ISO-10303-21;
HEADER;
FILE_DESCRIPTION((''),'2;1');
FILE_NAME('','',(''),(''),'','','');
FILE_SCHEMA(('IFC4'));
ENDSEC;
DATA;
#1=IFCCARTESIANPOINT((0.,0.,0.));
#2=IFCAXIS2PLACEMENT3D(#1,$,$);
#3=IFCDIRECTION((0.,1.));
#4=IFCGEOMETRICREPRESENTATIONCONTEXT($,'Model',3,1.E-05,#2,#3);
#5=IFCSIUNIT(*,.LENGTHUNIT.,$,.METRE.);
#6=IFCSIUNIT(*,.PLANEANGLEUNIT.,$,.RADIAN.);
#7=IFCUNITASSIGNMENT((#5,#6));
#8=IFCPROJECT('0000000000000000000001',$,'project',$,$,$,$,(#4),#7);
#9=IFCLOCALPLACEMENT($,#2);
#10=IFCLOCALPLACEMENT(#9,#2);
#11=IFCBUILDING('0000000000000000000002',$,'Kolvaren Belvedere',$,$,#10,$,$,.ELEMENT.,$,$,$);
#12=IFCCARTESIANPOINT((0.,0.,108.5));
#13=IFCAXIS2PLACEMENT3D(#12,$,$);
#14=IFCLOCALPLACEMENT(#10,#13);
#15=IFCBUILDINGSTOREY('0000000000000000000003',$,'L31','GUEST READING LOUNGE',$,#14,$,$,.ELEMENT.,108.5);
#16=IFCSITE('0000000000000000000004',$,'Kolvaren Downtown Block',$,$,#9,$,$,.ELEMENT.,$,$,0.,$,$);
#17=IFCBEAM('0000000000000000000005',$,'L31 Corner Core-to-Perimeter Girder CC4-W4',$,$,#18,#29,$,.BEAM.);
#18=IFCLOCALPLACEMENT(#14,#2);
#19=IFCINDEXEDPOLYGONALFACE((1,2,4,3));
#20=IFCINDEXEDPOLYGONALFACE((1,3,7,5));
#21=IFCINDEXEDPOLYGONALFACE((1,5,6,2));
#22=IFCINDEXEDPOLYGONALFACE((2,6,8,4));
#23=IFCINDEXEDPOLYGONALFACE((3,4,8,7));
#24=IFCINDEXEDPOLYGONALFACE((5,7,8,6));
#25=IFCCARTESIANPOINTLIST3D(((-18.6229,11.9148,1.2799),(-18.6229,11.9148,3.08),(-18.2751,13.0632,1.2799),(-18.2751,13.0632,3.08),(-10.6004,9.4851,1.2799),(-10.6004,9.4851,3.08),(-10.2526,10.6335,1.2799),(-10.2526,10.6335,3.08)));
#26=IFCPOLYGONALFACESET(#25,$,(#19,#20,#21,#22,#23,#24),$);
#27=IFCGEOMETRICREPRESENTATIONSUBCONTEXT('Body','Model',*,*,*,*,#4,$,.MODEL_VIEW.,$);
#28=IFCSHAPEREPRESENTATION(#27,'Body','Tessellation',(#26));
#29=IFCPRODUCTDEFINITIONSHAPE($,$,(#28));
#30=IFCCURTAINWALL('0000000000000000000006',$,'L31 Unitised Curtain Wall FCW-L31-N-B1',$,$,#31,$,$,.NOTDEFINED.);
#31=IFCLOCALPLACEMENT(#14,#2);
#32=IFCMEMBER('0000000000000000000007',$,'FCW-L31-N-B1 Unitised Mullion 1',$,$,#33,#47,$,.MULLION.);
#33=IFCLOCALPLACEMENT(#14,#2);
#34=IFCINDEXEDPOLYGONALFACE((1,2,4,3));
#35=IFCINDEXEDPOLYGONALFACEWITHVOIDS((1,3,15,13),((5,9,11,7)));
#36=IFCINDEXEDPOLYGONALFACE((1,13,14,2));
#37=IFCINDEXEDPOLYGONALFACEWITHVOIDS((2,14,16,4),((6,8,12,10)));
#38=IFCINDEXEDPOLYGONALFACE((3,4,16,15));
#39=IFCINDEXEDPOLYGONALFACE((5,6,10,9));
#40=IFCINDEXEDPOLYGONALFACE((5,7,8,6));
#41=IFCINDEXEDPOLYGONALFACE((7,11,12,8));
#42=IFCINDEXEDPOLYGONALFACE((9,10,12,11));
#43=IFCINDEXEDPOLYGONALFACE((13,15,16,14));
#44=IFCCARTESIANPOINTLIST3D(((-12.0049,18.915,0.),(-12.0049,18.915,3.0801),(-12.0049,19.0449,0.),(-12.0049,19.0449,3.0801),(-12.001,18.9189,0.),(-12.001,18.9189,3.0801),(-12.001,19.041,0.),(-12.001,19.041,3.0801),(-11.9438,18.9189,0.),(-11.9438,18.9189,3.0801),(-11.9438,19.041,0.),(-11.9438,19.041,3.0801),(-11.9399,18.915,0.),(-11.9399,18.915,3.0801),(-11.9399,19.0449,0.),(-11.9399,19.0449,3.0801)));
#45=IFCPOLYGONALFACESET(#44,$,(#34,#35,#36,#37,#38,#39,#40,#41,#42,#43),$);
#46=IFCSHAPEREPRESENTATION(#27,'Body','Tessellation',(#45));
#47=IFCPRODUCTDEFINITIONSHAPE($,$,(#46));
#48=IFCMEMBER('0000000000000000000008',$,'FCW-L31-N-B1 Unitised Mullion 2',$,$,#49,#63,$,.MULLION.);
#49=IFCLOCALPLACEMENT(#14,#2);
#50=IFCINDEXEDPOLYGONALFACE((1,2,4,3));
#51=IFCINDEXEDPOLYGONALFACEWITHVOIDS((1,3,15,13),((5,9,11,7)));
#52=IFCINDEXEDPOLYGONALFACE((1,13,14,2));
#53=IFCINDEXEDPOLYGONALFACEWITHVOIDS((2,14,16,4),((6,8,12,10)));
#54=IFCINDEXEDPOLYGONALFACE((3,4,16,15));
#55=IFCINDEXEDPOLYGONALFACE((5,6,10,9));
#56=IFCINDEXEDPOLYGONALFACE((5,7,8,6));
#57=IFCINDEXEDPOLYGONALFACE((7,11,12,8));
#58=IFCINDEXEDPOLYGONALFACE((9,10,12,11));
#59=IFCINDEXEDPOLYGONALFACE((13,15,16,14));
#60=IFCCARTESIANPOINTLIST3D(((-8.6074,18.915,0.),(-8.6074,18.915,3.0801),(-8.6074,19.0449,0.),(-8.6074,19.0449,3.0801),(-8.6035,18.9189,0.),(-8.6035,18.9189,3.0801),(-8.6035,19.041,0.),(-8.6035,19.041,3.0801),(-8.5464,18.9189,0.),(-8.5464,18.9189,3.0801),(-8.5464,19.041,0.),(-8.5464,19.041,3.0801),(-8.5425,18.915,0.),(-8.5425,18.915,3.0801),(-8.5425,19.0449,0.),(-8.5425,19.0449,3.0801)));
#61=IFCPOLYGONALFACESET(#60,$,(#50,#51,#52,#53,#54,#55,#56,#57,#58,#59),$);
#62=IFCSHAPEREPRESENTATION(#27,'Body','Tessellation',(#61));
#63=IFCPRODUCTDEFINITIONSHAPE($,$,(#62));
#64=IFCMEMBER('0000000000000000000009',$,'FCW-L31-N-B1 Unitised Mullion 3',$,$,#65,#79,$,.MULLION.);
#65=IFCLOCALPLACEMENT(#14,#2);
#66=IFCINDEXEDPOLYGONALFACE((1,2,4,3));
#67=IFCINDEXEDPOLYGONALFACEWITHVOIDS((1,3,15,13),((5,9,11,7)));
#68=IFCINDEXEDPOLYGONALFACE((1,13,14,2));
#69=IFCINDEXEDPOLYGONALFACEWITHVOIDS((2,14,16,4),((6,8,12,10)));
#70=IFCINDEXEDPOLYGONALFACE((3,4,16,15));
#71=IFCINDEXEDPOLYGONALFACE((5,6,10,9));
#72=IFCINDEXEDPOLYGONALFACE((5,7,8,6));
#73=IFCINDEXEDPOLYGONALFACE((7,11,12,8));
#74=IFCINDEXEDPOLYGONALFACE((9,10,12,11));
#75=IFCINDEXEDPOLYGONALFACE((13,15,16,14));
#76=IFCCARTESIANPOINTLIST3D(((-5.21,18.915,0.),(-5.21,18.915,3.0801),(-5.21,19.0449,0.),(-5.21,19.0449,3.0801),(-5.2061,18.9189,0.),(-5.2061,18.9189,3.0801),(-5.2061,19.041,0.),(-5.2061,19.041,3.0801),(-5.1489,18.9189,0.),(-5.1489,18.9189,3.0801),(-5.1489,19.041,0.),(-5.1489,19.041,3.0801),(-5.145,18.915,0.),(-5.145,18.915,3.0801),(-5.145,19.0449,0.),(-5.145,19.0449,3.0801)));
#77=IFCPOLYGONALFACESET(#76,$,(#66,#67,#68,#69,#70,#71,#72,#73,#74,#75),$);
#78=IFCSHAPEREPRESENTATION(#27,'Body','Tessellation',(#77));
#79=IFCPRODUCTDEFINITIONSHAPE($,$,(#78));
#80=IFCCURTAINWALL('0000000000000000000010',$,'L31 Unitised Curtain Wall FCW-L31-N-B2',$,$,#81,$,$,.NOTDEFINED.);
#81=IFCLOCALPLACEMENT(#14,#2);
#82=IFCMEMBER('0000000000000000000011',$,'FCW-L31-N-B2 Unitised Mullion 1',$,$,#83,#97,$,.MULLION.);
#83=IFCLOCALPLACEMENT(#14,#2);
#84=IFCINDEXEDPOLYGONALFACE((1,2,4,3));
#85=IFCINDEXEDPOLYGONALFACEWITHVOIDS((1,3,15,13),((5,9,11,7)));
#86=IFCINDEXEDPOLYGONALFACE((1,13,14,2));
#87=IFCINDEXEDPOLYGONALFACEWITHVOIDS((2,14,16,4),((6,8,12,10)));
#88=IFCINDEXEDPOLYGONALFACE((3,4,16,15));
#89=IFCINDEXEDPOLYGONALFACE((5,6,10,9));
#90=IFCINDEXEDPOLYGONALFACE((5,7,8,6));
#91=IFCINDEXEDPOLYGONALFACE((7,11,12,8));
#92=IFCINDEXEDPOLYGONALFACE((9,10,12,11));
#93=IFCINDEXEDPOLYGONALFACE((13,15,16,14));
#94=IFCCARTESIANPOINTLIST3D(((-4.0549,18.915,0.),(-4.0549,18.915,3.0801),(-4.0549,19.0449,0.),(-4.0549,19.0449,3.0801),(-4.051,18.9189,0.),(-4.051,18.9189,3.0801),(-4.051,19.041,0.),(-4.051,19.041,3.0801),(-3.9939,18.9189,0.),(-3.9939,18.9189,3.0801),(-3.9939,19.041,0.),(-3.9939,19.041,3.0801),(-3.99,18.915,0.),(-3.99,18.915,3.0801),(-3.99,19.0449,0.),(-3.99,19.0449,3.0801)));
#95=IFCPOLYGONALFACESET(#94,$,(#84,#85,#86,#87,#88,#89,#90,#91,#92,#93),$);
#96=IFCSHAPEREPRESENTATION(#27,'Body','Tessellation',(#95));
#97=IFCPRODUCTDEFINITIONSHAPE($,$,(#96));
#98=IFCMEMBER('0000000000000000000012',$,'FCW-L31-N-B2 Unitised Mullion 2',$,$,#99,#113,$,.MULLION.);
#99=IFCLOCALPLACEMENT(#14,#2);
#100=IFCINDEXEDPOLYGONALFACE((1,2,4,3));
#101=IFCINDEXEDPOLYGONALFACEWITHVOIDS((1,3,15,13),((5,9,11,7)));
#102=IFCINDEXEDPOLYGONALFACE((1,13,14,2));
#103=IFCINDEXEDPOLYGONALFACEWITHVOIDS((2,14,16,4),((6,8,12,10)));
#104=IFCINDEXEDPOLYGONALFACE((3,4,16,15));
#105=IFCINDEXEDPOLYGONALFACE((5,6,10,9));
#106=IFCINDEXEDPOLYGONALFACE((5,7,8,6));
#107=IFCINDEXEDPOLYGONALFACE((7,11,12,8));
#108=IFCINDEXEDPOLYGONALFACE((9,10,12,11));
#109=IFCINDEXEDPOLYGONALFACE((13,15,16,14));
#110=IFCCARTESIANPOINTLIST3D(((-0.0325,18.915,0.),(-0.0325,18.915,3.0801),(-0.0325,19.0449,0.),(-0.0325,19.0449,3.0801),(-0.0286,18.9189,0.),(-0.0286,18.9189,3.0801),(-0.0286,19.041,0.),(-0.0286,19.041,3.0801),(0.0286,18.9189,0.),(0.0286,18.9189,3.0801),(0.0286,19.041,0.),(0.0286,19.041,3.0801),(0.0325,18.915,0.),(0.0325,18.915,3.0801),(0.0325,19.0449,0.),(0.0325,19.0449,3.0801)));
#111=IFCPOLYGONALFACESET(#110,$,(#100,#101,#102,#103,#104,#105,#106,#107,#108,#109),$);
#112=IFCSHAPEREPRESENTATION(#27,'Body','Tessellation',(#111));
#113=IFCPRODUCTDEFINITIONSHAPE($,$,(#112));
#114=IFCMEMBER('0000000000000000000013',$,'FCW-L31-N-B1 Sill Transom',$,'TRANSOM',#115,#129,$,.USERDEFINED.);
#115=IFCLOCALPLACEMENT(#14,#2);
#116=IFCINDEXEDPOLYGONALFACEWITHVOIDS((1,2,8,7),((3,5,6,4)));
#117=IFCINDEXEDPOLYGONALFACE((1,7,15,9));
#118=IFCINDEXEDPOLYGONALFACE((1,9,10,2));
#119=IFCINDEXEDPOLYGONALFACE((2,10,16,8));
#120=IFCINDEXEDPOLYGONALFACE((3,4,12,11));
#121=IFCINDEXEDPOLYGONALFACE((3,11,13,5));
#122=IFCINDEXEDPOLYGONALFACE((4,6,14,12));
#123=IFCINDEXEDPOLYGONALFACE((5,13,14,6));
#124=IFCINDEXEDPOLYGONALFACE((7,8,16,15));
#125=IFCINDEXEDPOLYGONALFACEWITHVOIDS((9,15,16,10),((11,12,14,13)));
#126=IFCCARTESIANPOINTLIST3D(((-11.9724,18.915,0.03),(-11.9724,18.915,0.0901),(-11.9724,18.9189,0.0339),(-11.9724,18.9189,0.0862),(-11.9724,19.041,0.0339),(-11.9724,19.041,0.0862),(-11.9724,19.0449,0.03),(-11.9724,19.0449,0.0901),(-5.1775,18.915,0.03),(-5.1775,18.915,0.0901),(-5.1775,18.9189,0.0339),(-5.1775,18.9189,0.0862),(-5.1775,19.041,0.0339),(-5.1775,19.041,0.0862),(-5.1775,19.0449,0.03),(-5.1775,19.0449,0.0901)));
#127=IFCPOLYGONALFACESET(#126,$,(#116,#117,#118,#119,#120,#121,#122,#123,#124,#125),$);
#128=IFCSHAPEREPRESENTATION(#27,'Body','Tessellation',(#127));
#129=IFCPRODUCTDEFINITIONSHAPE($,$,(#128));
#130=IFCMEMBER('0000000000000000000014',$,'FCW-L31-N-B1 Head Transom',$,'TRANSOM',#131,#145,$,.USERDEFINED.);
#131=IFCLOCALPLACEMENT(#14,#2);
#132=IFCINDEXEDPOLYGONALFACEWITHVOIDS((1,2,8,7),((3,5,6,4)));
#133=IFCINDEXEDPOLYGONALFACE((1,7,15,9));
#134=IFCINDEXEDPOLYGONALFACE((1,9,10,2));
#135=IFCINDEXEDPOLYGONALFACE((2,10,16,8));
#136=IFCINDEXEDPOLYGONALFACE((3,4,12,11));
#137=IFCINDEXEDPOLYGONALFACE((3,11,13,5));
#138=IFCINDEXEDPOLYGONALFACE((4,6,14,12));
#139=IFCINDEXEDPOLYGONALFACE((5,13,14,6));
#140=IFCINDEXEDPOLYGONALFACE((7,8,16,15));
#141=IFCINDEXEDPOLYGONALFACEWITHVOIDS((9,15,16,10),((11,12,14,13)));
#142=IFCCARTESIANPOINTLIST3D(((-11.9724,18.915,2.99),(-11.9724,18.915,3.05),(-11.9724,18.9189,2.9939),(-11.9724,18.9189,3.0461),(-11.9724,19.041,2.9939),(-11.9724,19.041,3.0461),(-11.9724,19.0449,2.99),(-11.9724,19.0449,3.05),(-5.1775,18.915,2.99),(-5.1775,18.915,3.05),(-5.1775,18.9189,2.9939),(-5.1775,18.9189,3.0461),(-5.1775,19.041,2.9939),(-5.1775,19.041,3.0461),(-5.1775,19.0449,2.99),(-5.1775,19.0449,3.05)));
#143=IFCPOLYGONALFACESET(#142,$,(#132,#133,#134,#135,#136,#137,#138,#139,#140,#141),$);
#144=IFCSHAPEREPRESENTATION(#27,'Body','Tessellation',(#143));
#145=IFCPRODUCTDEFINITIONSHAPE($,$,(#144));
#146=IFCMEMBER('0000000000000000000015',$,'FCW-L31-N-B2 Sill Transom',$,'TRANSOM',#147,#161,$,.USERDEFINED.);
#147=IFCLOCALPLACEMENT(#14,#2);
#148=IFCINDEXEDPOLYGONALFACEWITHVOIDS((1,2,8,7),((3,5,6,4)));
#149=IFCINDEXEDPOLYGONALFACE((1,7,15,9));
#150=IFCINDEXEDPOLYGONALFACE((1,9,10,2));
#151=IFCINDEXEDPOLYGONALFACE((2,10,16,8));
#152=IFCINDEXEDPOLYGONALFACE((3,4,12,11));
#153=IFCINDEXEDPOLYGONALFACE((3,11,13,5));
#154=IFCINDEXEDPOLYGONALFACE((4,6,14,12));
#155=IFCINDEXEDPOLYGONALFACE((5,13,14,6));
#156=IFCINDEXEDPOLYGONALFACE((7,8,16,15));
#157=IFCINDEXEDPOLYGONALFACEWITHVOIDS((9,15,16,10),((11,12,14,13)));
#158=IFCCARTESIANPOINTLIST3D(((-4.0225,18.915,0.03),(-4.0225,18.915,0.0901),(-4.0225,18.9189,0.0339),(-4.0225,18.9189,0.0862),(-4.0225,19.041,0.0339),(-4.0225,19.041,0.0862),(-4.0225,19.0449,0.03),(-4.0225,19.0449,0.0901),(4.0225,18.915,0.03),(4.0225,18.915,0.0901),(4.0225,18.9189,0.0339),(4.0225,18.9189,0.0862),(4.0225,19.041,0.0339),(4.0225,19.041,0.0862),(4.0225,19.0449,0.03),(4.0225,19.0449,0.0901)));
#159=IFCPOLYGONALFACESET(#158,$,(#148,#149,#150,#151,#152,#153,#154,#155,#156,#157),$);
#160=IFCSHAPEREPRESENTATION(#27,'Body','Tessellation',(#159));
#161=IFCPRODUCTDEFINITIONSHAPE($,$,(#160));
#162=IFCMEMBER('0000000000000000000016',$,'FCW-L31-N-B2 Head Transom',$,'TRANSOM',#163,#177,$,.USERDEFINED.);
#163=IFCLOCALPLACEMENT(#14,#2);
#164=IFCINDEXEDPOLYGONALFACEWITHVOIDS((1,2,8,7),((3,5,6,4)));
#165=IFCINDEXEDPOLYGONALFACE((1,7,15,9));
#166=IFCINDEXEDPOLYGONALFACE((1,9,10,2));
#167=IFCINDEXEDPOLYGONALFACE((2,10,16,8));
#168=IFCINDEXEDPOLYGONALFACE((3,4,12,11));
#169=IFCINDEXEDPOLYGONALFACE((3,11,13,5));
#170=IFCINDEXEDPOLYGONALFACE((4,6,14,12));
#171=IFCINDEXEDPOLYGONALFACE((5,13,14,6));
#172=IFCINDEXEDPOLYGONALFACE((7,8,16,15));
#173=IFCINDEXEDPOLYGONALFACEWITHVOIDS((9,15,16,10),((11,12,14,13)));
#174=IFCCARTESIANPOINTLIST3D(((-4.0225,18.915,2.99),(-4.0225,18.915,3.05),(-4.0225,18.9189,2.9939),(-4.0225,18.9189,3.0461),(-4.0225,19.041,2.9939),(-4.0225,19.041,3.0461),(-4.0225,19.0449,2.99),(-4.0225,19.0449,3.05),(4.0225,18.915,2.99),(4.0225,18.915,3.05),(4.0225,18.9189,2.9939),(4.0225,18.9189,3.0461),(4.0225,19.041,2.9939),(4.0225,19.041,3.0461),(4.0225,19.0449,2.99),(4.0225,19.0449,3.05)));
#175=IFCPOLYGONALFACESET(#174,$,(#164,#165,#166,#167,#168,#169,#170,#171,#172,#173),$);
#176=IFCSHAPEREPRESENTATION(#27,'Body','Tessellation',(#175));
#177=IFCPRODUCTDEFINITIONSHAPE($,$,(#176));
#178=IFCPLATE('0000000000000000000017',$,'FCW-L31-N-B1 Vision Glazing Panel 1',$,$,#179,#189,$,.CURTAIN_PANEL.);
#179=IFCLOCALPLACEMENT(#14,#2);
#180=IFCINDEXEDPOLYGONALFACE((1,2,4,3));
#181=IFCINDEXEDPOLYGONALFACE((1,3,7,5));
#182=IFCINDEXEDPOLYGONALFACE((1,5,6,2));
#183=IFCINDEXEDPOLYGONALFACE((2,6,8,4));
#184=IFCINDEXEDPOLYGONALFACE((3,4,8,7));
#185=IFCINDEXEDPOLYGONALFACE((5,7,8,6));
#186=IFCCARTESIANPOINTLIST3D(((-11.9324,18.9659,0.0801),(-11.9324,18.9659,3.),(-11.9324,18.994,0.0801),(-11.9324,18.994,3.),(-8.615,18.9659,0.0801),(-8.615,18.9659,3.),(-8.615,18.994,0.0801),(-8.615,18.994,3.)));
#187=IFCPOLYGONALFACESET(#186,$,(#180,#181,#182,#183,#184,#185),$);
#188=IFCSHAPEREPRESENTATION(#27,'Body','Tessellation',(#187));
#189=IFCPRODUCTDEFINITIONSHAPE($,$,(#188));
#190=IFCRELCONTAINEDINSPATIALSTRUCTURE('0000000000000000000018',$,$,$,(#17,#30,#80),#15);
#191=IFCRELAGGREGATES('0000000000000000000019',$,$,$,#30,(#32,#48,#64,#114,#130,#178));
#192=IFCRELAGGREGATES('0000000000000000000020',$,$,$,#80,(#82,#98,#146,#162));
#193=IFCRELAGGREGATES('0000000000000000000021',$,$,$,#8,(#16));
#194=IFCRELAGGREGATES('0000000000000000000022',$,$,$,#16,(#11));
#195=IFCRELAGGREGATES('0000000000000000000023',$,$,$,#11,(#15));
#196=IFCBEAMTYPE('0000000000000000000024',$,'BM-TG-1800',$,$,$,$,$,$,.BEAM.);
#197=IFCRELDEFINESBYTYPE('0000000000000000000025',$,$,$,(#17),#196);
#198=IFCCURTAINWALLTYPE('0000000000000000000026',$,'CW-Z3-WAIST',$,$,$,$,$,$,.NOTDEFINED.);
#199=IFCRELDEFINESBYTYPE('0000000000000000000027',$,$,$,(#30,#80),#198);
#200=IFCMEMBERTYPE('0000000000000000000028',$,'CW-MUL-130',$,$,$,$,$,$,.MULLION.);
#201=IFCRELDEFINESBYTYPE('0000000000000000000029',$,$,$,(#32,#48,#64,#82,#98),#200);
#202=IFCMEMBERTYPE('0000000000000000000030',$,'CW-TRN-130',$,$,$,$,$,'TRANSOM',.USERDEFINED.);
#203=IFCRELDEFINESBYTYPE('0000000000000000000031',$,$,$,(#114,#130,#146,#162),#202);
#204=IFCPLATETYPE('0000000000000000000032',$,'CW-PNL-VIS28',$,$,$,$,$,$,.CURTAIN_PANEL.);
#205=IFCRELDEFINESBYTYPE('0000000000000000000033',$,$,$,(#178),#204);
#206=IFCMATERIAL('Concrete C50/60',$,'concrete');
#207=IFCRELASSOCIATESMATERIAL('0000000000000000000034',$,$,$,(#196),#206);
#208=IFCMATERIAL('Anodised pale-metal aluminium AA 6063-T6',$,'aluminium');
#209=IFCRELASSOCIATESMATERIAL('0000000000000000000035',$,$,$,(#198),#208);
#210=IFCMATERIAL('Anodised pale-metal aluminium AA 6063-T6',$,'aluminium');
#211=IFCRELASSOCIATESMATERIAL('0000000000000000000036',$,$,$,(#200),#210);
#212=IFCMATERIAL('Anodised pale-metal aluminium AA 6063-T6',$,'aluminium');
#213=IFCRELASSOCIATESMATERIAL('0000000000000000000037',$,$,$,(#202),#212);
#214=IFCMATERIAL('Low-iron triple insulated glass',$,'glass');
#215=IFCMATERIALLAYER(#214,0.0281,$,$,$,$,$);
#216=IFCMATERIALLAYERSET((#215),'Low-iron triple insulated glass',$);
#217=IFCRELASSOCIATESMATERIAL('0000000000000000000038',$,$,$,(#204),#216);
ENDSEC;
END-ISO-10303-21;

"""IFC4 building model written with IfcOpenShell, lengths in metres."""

from ifc_helpers import new_model, si_unit, direction, frame, origin, origin_2d, place, context, subcontext, project, spatial, rectangle, hollow_rectangle, extrude, material, layer, layer_set, material_profile, profile_set, type_object, element, aggregate, save


model = new_model("IFC4")

# Units and contexts
model_context = context("Model", 3, precision=1e-05, world=origin(), true_north=direction((0.0, 1.0)))
body_context = subcontext(model_context, "Body", "Model", "MODEL_VIEW")
ifc_project = project(units=[si_unit("LENGTHUNIT", "METRE"), si_unit("PLANEANGLEUNIT", "RADIAN")], contexts=[model_context])

# Site, building, storey
site_placement = place(None, origin())
site = spatial("IfcSite", under=ifc_project, at=site_placement, Name="Kolvaren Downtown Block", CompositionType="ELEMENT", RefElevation=0.0)
building_placement = place(site_placement, origin())
building = spatial("IfcBuilding", under=site, at=building_placement, Name="Kolvaren Belvedere", CompositionType="ELEMENT")
storey_placement = place(building_placement, frame((0.0, 0.0, 108.5)))
storey = spatial("IfcBuildingStorey", under=building, at=storey_placement, Name="L31", Description="GUEST READING LOUNGE", CompositionType="ELEMENT", Elevation=108.5)

# Beam
ifc_material_1 = material(Name="Concrete C50/60", Category="concrete")
ifc_material_profile_1 = material_profile(ifc_material_1, rectangle(XDim=1.2, YDim=1.8, at=origin_2d()), Name="RC 1200X1800")
ifc_profile_set_1 = profile_set([ifc_material_profile_1], Name="Concrete C50/60")
beam_type_1 = type_object("IfcBeamType", Name="BM-TG-1800", PredefinedType="BEAM", material=ifc_profile_set_1)
for number, where, z_axis, x_axis, name in (
    (1, (-10.4265, 10.0593, 2.1799), (-0.957069, 0.289859, 0.0), (-0.289859, -0.957069, 0.0), "L31 Corner Core-to-Perimeter Girder CC4-W4"),
):
    element("IfcBeam", number, at=place(storey_placement, frame(where, z_axis=z_axis, x_axis=x_axis)), inside=storey, type_object=beam_type_1, Name=name, PredefinedType="BEAM", context=body_context, shape_type="SweptSolid", body=[
        extrude(rectangle(XDim=1.2, YDim=1.8, at=origin_2d()), origin(), (0.0, 0.0, 1.0), 8.3823),
    ])

# Curtain walls, members
ifc_material_2 = material(Name="Anodised pale-metal aluminium AA 6063-T6", Category="aluminium")
curtain_wall_type = type_object("IfcCurtainWallType", Name="CW-Z3-WAIST", PredefinedType="NOTDEFINED", material=ifc_material_2)
curtain_wall_1_placement = place(storey_placement, origin())
curtain_wall_1 = element("IfcCurtainWall", 2, at=curtain_wall_1_placement, inside=storey, type_object=curtain_wall_type, Name="L31 Unitised Curtain Wall FCW-L31-N-B1", PredefinedType="NOTDEFINED")
ifc_material_3 = material(Name="Anodised pale-metal aluminium AA 6063-T6", Category="aluminium")
ifc_material_profile_2 = material_profile(ifc_material_3, hollow_rectangle(XDim=0.0649, YDim=0.1299, WallThickness=0.0039, at=origin_2d()), Name="ALU-MUL-130X65")
ifc_profile_set_2 = profile_set([ifc_material_profile_2], Name="Anodised pale-metal aluminium AA 6063-T6")
member_type_1 = type_object("IfcMemberType", Name="CW-MUL-130", PredefinedType="MULLION", material=ifc_profile_set_2)
member_1_placement = place(storey_placement, frame((-11.9724, 18.98, 0.0), z_axis=(0.0, 0.0, 1.0), x_axis=(1.0, 0.0, 0.0)))
member_1 = element("IfcMember", 3, at=member_1_placement, type_object=member_type_1, Name="FCW-L31-N-B1 Unitised Mullion 1", PredefinedType="MULLION", context=body_context, shape_type="SweptSolid", body=[
    extrude(hollow_rectangle(XDim=0.0649, YDim=0.1299, WallThickness=0.0039, at=origin_2d()), origin(), (0.0, 0.0, 1.0), 3.0801),
])
member_2_placement = place(storey_placement, frame((-8.575, 18.98, 0.0), z_axis=(0.0, 0.0, 1.0), x_axis=(1.0, 0.0, 0.0)))
member_2 = element("IfcMember", 4, at=member_2_placement, type_object=member_type_1, Name="FCW-L31-N-B1 Unitised Mullion 2", PredefinedType="MULLION", context=body_context, shape_type="SweptSolid", body=[
    extrude(hollow_rectangle(XDim=0.0649, YDim=0.1299, WallThickness=0.0039, at=origin_2d()), origin(), (0.0, 0.0, 1.0), 3.0801),
])
member_3_placement = place(storey_placement, frame((-5.1775, 18.98, 0.0), z_axis=(0.0, 0.0, 1.0), x_axis=(1.0, 0.0, 0.0)))
member_3 = element("IfcMember", 5, at=member_3_placement, type_object=member_type_1, Name="FCW-L31-N-B1 Unitised Mullion 3", PredefinedType="MULLION", context=body_context, shape_type="SweptSolid", body=[
    extrude(hollow_rectangle(XDim=0.0649, YDim=0.1299, WallThickness=0.0039, at=origin_2d()), origin(), (0.0, 0.0, 1.0), 3.0801),
])
curtain_wall_2_placement = place(storey_placement, origin())
curtain_wall_2 = element("IfcCurtainWall", 6, at=curtain_wall_2_placement, inside=storey, type_object=curtain_wall_type, Name="L31 Unitised Curtain Wall FCW-L31-N-B2", PredefinedType="NOTDEFINED")
member_4_placement = place(storey_placement, frame((-4.0225, 18.98, 0.0), z_axis=(0.0, 0.0, 1.0), x_axis=(1.0, 0.0, 0.0)))
member_4 = element("IfcMember", 7, at=member_4_placement, type_object=member_type_1, Name="FCW-L31-N-B2 Unitised Mullion 1", PredefinedType="MULLION", context=body_context, shape_type="SweptSolid", body=[
    extrude(hollow_rectangle(XDim=0.0649, YDim=0.1299, WallThickness=0.0039, at=origin_2d()), origin(), (0.0, 0.0, 1.0), 3.0801),
])
member_5_placement = place(storey_placement, frame((0.0, 18.98, 0.0), z_axis=(0.0, 0.0, 1.0), x_axis=(1.0, 0.0, 0.0)))
member_5 = element("IfcMember", 8, at=member_5_placement, type_object=member_type_1, Name="FCW-L31-N-B2 Unitised Mullion 2", PredefinedType="MULLION", context=body_context, shape_type="SweptSolid", body=[
    extrude(hollow_rectangle(XDim=0.0649, YDim=0.1299, WallThickness=0.0039, at=origin_2d()), origin(), (0.0, 0.0, 1.0), 3.0801),
])

# Members
ifc_material_4 = material(Name="Anodised pale-metal aluminium AA 6063-T6", Category="aluminium")
ifc_material_profile_3 = material_profile(ifc_material_4, hollow_rectangle(XDim=0.0601, YDim=0.1299, WallThickness=0.0039, at=origin_2d()), Name="ALU-TRN-130X60")
ifc_profile_set_3 = profile_set([ifc_material_profile_3], Name="Anodised pale-metal aluminium AA 6063-T6")
member_type_2 = type_object("IfcMemberType", Name="CW-TRN-130", ElementType="TRANSOM", PredefinedType="USERDEFINED", material=ifc_profile_set_3)
member_6_placement = place(storey_placement, frame((-11.9724, 18.98, 0.0601), z_axis=(1.0, 0.0, 0.0), x_axis=(0.0, 0.0, 1.0)))
member_6 = element("IfcMember", 9, at=member_6_placement, type_object=member_type_2, Name="FCW-L31-N-B1 Sill Transom", ObjectType="TRANSOM", PredefinedType="USERDEFINED", context=body_context, shape_type="SweptSolid", body=[
    extrude(hollow_rectangle(XDim=0.0601, YDim=0.1299, WallThickness=0.0039, at=origin_2d()), origin(), (0.0, 0.0, 1.0), 6.7949),
])
member_7_placement = place(storey_placement, frame((-11.9724, 18.98, 3.02), z_axis=(1.0, 0.0, 0.0), x_axis=(0.0, 0.0, 1.0)))
member_7 = element("IfcMember", 10, at=member_7_placement, type_object=member_type_2, Name="FCW-L31-N-B1 Head Transom", ObjectType="TRANSOM", PredefinedType="USERDEFINED", context=body_context, shape_type="SweptSolid", body=[
    extrude(hollow_rectangle(XDim=0.0601, YDim=0.1299, WallThickness=0.0039, at=origin_2d()), origin(), (0.0, 0.0, 1.0), 6.7949),
])
member_8_placement = place(storey_placement, frame((-4.0225, 18.98, 0.0601), z_axis=(1.0, 0.0, 0.0), x_axis=(0.0, 0.0, 1.0)))
member_8 = element("IfcMember", 11, at=member_8_placement, type_object=member_type_2, Name="FCW-L31-N-B2 Sill Transom", ObjectType="TRANSOM", PredefinedType="USERDEFINED", context=body_context, shape_type="SweptSolid", body=[
    extrude(hollow_rectangle(XDim=0.0601, YDim=0.1299, WallThickness=0.0039, at=origin_2d()), origin(), (0.0, 0.0, 1.0), 8.0449),
])
member_9_placement = place(storey_placement, frame((-4.0225, 18.98, 3.02), z_axis=(1.0, 0.0, 0.0), x_axis=(0.0, 0.0, 1.0)))
member_9 = element("IfcMember", 12, at=member_9_placement, type_object=member_type_2, Name="FCW-L31-N-B2 Head Transom", ObjectType="TRANSOM", PredefinedType="USERDEFINED", context=body_context, shape_type="SweptSolid", body=[
    extrude(hollow_rectangle(XDim=0.0601, YDim=0.1299, WallThickness=0.0039, at=origin_2d()), origin(), (0.0, 0.0, 1.0), 8.0449),
])

# Plate
ifc_material_5 = material(Name="Low-iron triple insulated glass", Category="glass")
ifc_layer_1 = layer(ifc_material_5, 0.0281)
ifc_layer_set_1 = layer_set([ifc_layer_1], Name="Low-iron triple insulated glass")
plate_type_1 = type_object("IfcPlateType", Name="CW-PNL-VIS28", PredefinedType="CURTAIN_PANEL", material=ifc_layer_set_1)
plate_1_placement = place(storey_placement, frame((-10.2737, 18.98, 0.0801), z_axis=(0.0, 0.0, 1.0), x_axis=(1.0, 0.0, 0.0)))
plate_1 = element("IfcPlate", 13, at=plate_1_placement, type_object=plate_type_1, Name="FCW-L31-N-B1 Vision Glazing Panel 1", PredefinedType="CURTAIN_PANEL", context=body_context, shape_type="SweptSolid", body=[
    extrude(rectangle(XDim=3.3174, YDim=0.0281, at=origin_2d()), origin(), (0.0, 0.0, 1.0), 2.9199),
])
aggregate(curtain_wall_1, [member_1, member_2, member_3, member_6, member_7, plate_1])
aggregate(curtain_wall_2, [member_4, member_5, member_8, member_9])

save(model, "model.ifc")
